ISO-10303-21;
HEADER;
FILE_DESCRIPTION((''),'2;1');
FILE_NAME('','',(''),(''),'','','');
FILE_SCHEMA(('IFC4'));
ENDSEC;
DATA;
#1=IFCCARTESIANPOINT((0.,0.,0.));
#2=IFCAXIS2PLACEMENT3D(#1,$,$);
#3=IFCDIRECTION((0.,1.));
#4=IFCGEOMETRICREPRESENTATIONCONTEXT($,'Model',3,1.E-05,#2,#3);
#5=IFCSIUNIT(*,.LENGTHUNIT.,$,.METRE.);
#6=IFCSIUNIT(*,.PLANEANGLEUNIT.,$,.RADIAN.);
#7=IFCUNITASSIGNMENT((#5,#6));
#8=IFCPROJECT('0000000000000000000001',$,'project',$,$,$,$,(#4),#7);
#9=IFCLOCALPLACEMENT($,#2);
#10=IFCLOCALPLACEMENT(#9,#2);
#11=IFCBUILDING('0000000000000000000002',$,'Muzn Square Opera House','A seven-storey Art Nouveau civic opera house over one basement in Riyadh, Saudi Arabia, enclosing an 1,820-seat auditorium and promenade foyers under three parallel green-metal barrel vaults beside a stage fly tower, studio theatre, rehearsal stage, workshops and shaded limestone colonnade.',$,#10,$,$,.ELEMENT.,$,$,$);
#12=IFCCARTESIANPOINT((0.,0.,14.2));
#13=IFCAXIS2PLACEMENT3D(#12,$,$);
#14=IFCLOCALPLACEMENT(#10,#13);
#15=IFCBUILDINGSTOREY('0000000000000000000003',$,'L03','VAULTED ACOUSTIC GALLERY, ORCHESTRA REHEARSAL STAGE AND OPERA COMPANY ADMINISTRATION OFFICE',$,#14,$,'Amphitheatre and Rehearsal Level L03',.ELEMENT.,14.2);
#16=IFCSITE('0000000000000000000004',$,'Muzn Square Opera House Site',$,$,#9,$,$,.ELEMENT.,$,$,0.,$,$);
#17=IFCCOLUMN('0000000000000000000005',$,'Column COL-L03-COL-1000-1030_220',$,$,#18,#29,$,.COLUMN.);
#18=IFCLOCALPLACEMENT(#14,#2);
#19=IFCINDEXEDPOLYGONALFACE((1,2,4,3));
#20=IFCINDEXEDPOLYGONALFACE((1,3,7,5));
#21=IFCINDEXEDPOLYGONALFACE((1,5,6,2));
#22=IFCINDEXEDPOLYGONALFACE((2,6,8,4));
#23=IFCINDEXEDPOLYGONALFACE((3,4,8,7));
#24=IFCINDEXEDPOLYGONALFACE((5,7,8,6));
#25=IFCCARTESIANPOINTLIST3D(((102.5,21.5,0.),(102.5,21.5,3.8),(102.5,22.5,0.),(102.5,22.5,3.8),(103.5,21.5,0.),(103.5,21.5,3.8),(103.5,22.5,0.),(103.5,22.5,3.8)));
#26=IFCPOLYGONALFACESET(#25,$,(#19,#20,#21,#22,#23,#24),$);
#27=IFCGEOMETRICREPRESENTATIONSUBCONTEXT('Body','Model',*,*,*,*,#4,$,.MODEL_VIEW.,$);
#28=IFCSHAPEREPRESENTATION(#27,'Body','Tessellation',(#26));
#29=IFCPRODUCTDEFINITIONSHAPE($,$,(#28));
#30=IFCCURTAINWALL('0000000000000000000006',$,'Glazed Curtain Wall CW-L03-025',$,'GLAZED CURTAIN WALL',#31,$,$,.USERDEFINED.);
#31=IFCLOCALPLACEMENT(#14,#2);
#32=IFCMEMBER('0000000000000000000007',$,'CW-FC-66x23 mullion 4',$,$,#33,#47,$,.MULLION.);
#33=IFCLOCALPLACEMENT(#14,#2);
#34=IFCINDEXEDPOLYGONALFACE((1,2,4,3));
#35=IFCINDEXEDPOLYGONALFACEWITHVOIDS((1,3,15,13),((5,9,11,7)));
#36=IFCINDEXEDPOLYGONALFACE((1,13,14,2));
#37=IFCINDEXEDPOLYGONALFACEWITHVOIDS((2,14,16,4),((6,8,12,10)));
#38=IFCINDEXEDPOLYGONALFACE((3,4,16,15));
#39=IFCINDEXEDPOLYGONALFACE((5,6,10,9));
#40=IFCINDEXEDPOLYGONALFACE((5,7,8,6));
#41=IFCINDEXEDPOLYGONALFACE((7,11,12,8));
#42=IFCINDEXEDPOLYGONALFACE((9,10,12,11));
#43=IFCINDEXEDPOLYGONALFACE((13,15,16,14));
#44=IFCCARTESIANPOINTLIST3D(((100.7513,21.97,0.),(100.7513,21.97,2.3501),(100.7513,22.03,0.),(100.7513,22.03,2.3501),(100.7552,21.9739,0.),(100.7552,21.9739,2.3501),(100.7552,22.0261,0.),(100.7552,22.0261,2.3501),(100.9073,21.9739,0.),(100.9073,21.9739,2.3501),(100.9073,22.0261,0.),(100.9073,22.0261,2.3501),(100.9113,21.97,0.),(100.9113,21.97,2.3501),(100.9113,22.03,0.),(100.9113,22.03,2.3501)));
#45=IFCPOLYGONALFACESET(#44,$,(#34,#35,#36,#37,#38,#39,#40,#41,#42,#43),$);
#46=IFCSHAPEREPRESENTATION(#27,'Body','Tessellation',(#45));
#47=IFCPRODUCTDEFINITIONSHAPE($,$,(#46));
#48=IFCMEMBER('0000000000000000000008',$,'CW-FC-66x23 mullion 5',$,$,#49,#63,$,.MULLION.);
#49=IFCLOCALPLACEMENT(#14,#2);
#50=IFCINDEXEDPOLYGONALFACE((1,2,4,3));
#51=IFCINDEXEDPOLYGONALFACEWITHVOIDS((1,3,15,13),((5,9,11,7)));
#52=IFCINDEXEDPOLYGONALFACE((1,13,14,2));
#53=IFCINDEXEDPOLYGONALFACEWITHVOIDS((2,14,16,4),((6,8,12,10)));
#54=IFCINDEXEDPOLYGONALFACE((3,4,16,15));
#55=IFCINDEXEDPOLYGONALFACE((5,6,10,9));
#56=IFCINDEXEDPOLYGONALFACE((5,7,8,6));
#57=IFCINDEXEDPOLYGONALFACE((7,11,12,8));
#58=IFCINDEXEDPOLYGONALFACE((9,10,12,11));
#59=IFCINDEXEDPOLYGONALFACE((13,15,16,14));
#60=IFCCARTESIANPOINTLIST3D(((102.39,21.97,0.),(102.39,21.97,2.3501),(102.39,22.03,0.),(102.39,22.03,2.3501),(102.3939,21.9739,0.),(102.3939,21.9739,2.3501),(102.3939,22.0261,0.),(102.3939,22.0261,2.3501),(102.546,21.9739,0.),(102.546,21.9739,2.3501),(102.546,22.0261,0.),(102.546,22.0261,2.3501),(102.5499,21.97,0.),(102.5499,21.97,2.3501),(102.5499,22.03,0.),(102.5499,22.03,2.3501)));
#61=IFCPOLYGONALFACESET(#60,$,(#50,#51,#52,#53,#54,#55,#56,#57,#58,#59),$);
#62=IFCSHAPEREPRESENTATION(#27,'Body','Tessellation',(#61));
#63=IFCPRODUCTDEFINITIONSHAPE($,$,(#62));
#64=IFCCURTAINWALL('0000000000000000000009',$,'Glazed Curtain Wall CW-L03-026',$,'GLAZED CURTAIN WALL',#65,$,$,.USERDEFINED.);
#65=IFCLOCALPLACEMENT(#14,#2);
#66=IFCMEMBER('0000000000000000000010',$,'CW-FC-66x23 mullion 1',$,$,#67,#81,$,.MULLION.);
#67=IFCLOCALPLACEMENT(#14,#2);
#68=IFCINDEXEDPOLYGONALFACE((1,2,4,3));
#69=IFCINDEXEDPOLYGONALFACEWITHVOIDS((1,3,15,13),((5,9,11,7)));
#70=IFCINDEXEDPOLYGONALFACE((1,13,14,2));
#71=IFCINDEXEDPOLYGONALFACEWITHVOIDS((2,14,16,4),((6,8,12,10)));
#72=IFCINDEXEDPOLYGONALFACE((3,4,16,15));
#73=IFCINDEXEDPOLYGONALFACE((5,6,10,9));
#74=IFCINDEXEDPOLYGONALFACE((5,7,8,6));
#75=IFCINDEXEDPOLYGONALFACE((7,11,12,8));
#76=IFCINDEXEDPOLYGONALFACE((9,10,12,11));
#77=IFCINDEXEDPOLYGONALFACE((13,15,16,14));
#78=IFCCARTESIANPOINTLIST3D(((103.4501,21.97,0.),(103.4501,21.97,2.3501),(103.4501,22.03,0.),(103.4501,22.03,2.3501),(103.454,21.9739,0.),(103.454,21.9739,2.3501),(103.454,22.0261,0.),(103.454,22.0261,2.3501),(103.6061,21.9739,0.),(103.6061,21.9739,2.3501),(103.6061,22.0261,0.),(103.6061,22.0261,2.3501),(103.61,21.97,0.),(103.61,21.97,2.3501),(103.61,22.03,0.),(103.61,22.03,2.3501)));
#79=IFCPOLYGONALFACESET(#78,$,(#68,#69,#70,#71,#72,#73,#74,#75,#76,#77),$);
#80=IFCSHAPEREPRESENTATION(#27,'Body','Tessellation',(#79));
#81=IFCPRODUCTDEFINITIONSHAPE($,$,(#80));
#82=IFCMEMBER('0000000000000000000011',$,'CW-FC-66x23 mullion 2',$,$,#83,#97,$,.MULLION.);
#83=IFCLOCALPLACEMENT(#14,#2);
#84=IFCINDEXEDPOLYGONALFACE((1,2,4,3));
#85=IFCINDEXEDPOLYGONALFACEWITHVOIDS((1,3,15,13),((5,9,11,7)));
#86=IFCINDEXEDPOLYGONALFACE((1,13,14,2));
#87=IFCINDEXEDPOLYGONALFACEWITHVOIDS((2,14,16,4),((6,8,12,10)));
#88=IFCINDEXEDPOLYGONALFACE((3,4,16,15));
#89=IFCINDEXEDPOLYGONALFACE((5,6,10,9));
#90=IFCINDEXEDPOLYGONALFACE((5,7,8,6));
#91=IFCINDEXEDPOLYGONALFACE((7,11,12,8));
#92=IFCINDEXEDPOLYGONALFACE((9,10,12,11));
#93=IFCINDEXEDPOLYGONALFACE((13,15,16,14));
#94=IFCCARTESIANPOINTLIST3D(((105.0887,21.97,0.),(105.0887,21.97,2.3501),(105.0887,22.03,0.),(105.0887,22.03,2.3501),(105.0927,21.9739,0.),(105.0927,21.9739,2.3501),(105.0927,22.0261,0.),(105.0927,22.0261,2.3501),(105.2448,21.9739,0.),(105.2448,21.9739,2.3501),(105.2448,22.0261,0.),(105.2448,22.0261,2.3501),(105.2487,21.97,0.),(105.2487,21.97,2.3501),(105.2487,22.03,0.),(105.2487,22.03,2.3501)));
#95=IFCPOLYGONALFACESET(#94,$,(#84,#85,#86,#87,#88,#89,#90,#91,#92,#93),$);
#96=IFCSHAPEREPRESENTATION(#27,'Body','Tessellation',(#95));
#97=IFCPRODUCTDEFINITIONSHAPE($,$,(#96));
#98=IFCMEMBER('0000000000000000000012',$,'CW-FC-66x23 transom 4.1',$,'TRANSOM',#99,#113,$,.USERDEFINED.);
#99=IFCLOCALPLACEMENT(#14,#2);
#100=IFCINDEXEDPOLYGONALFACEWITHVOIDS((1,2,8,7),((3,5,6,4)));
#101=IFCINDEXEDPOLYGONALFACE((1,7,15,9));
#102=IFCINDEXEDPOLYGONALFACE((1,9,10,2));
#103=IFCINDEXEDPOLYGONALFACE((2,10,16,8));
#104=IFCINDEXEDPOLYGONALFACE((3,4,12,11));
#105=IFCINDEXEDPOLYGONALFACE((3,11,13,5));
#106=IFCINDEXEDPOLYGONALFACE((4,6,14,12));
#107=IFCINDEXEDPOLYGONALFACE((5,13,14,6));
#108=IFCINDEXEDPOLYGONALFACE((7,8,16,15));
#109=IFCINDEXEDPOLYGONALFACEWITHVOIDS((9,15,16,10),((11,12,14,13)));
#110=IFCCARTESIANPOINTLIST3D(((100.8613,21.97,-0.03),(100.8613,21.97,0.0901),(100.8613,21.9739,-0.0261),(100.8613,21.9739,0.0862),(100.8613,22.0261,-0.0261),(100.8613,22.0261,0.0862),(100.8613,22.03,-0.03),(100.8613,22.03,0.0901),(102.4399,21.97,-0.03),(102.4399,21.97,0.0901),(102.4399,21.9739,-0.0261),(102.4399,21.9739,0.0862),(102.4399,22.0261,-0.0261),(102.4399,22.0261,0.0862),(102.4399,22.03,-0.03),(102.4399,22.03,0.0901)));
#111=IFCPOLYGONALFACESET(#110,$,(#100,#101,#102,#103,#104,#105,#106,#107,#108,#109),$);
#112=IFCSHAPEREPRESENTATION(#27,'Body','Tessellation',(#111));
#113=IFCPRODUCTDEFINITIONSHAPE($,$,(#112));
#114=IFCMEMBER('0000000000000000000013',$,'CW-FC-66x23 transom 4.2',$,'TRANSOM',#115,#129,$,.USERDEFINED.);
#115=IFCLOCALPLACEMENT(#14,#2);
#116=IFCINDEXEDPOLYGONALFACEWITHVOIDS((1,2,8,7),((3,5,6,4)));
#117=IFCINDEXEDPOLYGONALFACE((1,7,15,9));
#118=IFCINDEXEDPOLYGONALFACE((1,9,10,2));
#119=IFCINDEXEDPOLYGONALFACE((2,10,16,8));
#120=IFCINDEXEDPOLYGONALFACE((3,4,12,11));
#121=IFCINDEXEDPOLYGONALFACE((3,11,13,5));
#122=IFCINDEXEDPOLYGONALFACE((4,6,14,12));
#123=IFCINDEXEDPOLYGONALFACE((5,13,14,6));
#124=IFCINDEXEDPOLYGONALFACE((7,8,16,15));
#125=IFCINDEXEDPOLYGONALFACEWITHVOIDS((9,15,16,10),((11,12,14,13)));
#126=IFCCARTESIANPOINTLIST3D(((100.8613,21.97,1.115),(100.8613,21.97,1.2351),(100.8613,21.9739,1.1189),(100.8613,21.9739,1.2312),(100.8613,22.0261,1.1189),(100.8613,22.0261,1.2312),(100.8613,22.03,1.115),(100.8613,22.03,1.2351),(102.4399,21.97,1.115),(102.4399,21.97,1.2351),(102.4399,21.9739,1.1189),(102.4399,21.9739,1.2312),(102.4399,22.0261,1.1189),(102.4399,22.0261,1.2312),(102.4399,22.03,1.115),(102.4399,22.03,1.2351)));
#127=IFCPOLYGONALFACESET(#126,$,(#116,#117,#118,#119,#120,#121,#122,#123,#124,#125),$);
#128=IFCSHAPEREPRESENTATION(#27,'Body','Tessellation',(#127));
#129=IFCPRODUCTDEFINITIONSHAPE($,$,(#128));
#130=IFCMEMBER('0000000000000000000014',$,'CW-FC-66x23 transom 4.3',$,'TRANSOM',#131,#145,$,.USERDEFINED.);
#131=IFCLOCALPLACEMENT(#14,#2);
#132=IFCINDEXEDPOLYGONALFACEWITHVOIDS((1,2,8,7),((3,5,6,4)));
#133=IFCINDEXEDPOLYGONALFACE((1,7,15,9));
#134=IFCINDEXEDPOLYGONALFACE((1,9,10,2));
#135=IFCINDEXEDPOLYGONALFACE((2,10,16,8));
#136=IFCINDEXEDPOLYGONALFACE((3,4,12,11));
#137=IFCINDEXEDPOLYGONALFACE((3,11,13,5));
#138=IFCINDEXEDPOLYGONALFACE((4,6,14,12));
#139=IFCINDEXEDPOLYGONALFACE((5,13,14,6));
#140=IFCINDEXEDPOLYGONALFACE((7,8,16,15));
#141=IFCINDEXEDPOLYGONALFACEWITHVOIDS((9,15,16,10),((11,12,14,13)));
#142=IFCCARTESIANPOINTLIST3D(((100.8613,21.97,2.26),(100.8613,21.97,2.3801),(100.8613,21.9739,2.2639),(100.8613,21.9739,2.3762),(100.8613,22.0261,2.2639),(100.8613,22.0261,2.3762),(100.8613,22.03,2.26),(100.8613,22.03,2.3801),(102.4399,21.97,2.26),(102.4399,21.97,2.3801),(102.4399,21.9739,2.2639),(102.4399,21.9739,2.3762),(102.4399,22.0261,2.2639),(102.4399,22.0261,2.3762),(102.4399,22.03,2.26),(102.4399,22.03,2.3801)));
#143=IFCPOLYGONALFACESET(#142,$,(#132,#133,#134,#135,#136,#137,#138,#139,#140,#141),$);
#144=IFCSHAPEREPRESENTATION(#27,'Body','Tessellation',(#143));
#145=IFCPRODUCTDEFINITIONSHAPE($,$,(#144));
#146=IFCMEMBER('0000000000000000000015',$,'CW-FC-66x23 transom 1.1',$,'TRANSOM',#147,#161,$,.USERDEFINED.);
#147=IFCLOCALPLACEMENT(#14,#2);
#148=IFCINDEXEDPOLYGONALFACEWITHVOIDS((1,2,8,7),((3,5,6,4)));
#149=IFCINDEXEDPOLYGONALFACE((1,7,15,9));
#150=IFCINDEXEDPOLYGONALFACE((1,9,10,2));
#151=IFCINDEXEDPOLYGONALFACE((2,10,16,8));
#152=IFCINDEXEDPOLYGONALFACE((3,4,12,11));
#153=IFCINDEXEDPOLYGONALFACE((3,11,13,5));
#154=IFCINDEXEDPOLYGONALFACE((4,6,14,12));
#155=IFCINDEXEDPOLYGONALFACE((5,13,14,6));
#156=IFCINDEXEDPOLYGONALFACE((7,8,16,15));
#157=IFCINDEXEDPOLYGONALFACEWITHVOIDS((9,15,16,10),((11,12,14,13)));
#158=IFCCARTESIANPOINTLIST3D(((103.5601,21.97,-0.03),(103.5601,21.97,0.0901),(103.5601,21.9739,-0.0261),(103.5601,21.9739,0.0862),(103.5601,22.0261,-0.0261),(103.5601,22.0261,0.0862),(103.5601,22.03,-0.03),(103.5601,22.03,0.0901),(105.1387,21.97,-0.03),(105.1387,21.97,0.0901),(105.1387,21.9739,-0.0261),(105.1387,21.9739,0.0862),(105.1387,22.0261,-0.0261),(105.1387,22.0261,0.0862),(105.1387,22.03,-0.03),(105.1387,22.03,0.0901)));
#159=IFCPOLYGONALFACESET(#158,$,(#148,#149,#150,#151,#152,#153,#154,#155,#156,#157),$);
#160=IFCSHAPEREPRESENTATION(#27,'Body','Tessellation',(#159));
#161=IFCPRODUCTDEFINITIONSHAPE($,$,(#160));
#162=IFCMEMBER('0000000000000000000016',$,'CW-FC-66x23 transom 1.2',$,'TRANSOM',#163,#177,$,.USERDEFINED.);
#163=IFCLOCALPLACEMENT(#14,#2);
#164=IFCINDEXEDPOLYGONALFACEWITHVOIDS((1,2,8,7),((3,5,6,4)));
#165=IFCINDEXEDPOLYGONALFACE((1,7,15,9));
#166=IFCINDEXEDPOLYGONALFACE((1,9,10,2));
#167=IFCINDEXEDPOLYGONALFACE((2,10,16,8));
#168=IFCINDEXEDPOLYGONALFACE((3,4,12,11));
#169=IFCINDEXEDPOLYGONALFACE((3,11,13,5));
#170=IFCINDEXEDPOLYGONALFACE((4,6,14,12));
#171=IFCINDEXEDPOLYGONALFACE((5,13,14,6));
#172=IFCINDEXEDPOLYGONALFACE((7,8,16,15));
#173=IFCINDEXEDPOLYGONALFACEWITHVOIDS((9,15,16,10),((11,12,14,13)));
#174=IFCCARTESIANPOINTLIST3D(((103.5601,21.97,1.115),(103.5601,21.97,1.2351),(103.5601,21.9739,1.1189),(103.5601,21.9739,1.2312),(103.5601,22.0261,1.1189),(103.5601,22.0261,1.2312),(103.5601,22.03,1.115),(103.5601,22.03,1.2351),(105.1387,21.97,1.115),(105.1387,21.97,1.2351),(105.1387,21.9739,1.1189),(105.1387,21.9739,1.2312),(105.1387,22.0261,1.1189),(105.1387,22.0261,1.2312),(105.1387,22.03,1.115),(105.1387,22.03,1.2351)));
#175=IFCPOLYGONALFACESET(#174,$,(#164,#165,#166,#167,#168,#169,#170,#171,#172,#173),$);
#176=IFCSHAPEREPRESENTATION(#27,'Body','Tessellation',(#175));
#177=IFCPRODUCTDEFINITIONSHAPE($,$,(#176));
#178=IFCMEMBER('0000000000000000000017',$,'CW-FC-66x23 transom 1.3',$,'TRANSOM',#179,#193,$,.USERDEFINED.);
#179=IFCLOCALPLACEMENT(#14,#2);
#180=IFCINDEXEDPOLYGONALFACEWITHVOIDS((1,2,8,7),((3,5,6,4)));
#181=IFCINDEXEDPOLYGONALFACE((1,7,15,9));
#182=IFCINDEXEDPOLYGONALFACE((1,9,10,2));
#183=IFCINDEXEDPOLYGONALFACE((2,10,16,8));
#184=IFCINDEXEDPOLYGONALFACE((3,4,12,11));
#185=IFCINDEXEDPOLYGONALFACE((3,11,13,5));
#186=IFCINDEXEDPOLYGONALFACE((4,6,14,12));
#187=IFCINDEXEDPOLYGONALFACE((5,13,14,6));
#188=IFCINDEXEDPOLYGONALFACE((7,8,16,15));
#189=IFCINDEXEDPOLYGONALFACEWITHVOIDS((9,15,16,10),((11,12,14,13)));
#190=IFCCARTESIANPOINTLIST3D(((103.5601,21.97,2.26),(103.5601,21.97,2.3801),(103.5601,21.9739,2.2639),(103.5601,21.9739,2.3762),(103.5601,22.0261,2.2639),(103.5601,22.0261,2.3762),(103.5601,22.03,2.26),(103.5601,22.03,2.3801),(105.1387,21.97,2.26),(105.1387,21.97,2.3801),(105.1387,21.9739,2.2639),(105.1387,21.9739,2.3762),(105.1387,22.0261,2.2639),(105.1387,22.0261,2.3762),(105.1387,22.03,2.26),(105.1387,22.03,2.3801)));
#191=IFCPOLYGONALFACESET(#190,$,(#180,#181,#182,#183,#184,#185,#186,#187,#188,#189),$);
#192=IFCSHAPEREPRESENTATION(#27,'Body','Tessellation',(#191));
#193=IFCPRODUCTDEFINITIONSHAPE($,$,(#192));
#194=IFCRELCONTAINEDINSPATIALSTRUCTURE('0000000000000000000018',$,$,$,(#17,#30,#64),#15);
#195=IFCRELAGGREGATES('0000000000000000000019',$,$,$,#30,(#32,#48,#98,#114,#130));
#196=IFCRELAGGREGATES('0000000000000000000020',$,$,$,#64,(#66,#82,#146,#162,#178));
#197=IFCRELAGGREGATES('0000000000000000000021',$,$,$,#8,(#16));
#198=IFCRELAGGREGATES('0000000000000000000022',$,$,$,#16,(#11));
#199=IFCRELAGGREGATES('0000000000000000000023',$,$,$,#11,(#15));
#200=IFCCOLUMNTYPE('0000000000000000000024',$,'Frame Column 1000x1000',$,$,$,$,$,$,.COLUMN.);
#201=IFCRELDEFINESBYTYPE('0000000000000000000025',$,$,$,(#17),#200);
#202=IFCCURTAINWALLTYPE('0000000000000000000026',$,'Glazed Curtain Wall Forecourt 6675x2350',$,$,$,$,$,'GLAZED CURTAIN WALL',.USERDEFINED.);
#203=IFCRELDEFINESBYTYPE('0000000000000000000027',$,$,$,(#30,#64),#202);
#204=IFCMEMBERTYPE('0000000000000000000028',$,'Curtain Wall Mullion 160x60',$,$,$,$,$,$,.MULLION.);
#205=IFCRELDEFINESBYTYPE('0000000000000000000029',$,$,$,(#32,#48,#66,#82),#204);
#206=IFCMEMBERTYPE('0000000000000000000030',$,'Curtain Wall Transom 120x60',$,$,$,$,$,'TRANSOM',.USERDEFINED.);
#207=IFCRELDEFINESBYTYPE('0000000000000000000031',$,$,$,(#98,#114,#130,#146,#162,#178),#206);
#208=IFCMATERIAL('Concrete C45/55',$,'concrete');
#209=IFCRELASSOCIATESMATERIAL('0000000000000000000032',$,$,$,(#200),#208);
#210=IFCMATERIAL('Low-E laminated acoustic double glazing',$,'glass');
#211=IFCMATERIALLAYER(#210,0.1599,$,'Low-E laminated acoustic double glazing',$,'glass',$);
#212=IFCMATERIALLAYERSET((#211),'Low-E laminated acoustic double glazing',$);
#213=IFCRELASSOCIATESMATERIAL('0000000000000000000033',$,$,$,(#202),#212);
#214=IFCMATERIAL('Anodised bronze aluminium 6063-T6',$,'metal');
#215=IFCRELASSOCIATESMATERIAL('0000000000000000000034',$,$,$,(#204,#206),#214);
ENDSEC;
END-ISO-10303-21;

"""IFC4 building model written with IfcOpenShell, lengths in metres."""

from ifc_helpers import new_model, si_unit, direction, frame, origin, origin_2d, place, context, subcontext, project, spatial, rectangle, hollow_rectangle, extrude, material, layer, layer_set, material_profile, profile_set, type_object, element, aggregate, save


model = new_model("IFC4")

# Units and contexts
model_context = context("Model", 3, precision=1e-05, world=origin(), true_north=direction((0.0, 1.0)))
body_context = subcontext(model_context, "Body", "Model", "MODEL_VIEW")
ifc_project = project(units=[si_unit("LENGTHUNIT", "METRE"), si_unit("PLANEANGLEUNIT", "RADIAN")], contexts=[model_context])

# Site, building, storey
site_placement = place(None, origin())
site = spatial("IfcSite", under=ifc_project, at=site_placement, Name="Muzn Square Opera House Site", CompositionType="ELEMENT", RefElevation=0.0)
building_placement = place(site_placement, origin())
building = spatial("IfcBuilding", under=site, at=building_placement, Name="Muzn Square Opera House", Description="A seven-storey Art Nouveau civic opera house over one basement in Riyadh, Saudi Arabia, enclosing an 1,820-seat auditorium and promenade foyers under three parallel green-metal barrel vaults beside a stage fly tower, studio theatre, rehearsal stage, workshops and shaded limestone colonnade.", CompositionType="ELEMENT")
storey_placement = place(building_placement, frame((0.0, 0.0, 14.2)))
storey = spatial("IfcBuildingStorey", under=building, at=storey_placement, Name="L03", Description="VAULTED ACOUSTIC GALLERY, ORCHESTRA REHEARSAL STAGE AND OPERA COMPANY ADMINISTRATION OFFICE", LongName="Amphitheatre and Rehearsal Level L03", CompositionType="ELEMENT", Elevation=14.2)

# Column
ifc_material_1 = material(Name="Concrete C45/55", Category="concrete")
ifc_material_profile_1 = material_profile(ifc_material_1, rectangle(XDim=1.0, YDim=1.0, at=origin_2d()), Name="RC 1000x1000", Category="concrete")
ifc_profile_set_1 = profile_set([ifc_material_profile_1], Name="Concrete C45/55")
column_type = type_object("IfcColumnType", Name="Frame Column 1000x1000", PredefinedType="COLUMN", material=ifc_profile_set_1)
column_placement = place(storey_placement, frame((103.0, 22.0, 0.0), z_axis=(0.0, 0.0, 1.0), x_axis=(1.0, 0.0, 0.0)))
element("IfcColumn", 1, at=column_placement, inside=storey, type_object=column_type, Name="Column COL-L03-COL-1000-1030_220", PredefinedType="COLUMN", context=body_context, shape_type="SweptSolid", body=[
    extrude(rectangle(XDim=1.0, YDim=1.0, at=origin_2d()), origin(), (0.0, 0.0, 1.0), 3.8),
])

# Curtain walls, members
ifc_material_2 = material(Name="Low-E laminated acoustic double glazing", Category="glass")
ifc_layer_1 = layer(ifc_material_2, 0.1599, Name="Low-E laminated acoustic double glazing", Category="glass")
ifc_layer_set_1 = layer_set([ifc_layer_1], Name="Low-E laminated acoustic double glazing")
curtain_wall_type = type_object("IfcCurtainWallType", Name="Glazed Curtain Wall Forecourt 6675x2350", ElementType="GLAZED CURTAIN WALL", PredefinedType="USERDEFINED", material=ifc_layer_set_1)
curtain_wall_1_placement = place(storey_placement, origin())
curtain_wall_1 = element("IfcCurtainWall", 2, at=curtain_wall_1_placement, inside=storey, type_object=curtain_wall_type, Name="Glazed Curtain Wall CW-L03-025", ObjectType="GLAZED CURTAIN WALL", PredefinedType="USERDEFINED")
ifc_material_3 = material(Name="Anodised bronze aluminium 6063-T6", Category="metal")
ifc_material_profile_2 = material_profile(ifc_material_3, hollow_rectangle(XDim=0.0601, YDim=0.1599, WallThickness=0.0039, at=origin_2d()), Name="ALU 160x60x4", Category="metal")
ifc_profile_set_2 = profile_set([ifc_material_profile_2], Name="Anodised bronze aluminium 6063-T6")
member_type_1 = type_object("IfcMemberType", Name="Curtain Wall Mullion 160x60", PredefinedType="MULLION", material=ifc_profile_set_2)
member_1_placement = place(storey_placement, frame((100.8313, 22.0, 0.0), z_axis=(0.0, 0.0, 1.0), x_axis=(0.0, 1.0, 0.0)))
member_1 = element("IfcMember", 3, at=member_1_placement, type_object=member_type_1, Name="CW-FC-66x23 mullion 4", PredefinedType="MULLION", context=body_context, shape_type="SweptSolid", body=[
    extrude(hollow_rectangle(XDim=0.0601, YDim=0.1599, WallThickness=0.0039, at=origin_2d()), origin(), (0.0, 0.0, 1.0), 2.3501),
])
member_2_placement = place(storey_placement, frame((102.47, 22.0, 0.0), z_axis=(0.0, 0.0, 1.0), x_axis=(0.0, 1.0, 0.0)))
member_2 = element("IfcMember", 4, at=member_2_placement, type_object=member_type_1, Name="CW-FC-66x23 mullion 5", PredefinedType="MULLION", context=body_context, shape_type="SweptSolid", body=[
    extrude(hollow_rectangle(XDim=0.0601, YDim=0.1599, WallThickness=0.0039, at=origin_2d()), origin(), (0.0, 0.0, 1.0), 2.3501),
])
curtain_wall_2_placement = place(storey_placement, origin())
curtain_wall_2 = element("IfcCurtainWall", 5, at=curtain_wall_2_placement, inside=storey, type_object=curtain_wall_type, Name="Glazed Curtain Wall CW-L03-026", ObjectType="GLAZED CURTAIN WALL", PredefinedType="USERDEFINED")
member_3_placement = place(storey_placement, frame((103.53, 22.0, 0.0), z_axis=(0.0, 0.0, 1.0), x_axis=(0.0, 1.0, 0.0)))
member_3 = element("IfcMember", 6, at=member_3_placement, type_object=member_type_1, Name="CW-FC-66x23 mullion 1", PredefinedType="MULLION", context=body_context, shape_type="SweptSolid", body=[
    extrude(hollow_rectangle(XDim=0.0601, YDim=0.1599, WallThickness=0.0039, at=origin_2d()), origin(), (0.0, 0.0, 1.0), 2.3501),
])
member_4_placement = place(storey_placement, frame((105.1687, 22.0, 0.0), z_axis=(0.0, 0.0, 1.0), x_axis=(0.0, 1.0, 0.0)))
member_4 = element("IfcMember", 7, at=member_4_placement, type_object=member_type_1, Name="CW-FC-66x23 mullion 2", PredefinedType="MULLION", context=body_context, shape_type="SweptSolid", body=[
    extrude(hollow_rectangle(XDim=0.0601, YDim=0.1599, WallThickness=0.0039, at=origin_2d()), origin(), (0.0, 0.0, 1.0), 2.3501),
])

# Members
ifc_material_profile_3 = material_profile(ifc_material_3, hollow_rectangle(XDim=0.0601, YDim=0.1201, WallThickness=0.0039, at=origin_2d()), Name="ALU 120x60x4", Category="metal")
ifc_profile_set_3 = profile_set([ifc_material_profile_3], Name="Anodised bronze aluminium 6063-T6")
member_type_2 = type_object("IfcMemberType", Name="Curtain Wall Transom 120x60", ElementType="TRANSOM", PredefinedType="USERDEFINED", material=ifc_profile_set_3)
member_5_placement = place(storey_placement, frame((100.8613, 22.0, 0.03), z_axis=(1.0, 0.0, 0.0), x_axis=(0.0, 1.0, 0.0)))
member_5 = element("IfcMember", 8, at=member_5_placement, type_object=member_type_2, Name="CW-FC-66x23 transom 4.1", ObjectType="TRANSOM", PredefinedType="USERDEFINED", context=body_context, shape_type="SweptSolid", body=[
    extrude(hollow_rectangle(XDim=0.0601, YDim=0.1201, WallThickness=0.0039, at=origin_2d()), origin(), (0.0, 0.0, 1.0), 1.5786),
])
member_6_placement = place(storey_placement, frame((100.8613, 22.0, 1.175), z_axis=(1.0, 0.0, 0.0), x_axis=(0.0, 1.0, 0.0)))
member_6 = element("IfcMember", 9, at=member_6_placement, type_object=member_type_2, Name="CW-FC-66x23 transom 4.2", ObjectType="TRANSOM", PredefinedType="USERDEFINED", context=body_context, shape_type="SweptSolid", body=[
    extrude(hollow_rectangle(XDim=0.0601, YDim=0.1201, WallThickness=0.0039, at=origin_2d()), origin(), (0.0, 0.0, 1.0), 1.5786),
])
member_7_placement = place(storey_placement, frame((100.8613, 22.0, 2.3201), z_axis=(1.0, 0.0, 0.0), x_axis=(0.0, 1.0, 0.0)))
member_7 = element("IfcMember", 10, at=member_7_placement, type_object=member_type_2, Name="CW-FC-66x23 transom 4.3", ObjectType="TRANSOM", PredefinedType="USERDEFINED", context=body_context, shape_type="SweptSolid", body=[
    extrude(hollow_rectangle(XDim=0.0601, YDim=0.1201, WallThickness=0.0039, at=origin_2d()), origin(), (0.0, 0.0, 1.0), 1.5786),
])
member_8_placement = place(storey_placement, frame((103.5601, 22.0, 0.03), z_axis=(1.0, 0.0, 0.0), x_axis=(0.0, 1.0, 0.0)))
member_8 = element("IfcMember", 11, at=member_8_placement, type_object=member_type_2, Name="CW-FC-66x23 transom 1.1", ObjectType="TRANSOM", PredefinedType="USERDEFINED", context=body_context, shape_type="SweptSolid", body=[
    extrude(hollow_rectangle(XDim=0.0601, YDim=0.1201, WallThickness=0.0039, at=origin_2d()), origin(), (0.0, 0.0, 1.0), 1.5786),
])
member_9_placement = place(storey_placement, frame((103.5601, 22.0, 1.175), z_axis=(1.0, 0.0, 0.0), x_axis=(0.0, 1.0, 0.0)))
member_9 = element("IfcMember", 12, at=member_9_placement, type_object=member_type_2, Name="CW-FC-66x23 transom 1.2", ObjectType="TRANSOM", PredefinedType="USERDEFINED", context=body_context, shape_type="SweptSolid", body=[
    extrude(hollow_rectangle(XDim=0.0601, YDim=0.1201, WallThickness=0.0039, at=origin_2d()), origin(), (0.0, 0.0, 1.0), 1.5786),
])
member_10_placement = place(storey_placement, frame((103.5601, 22.0, 2.3201), z_axis=(1.0, 0.0, 0.0), x_axis=(0.0, 1.0, 0.0)))
member_10 = element("IfcMember", 13, at=member_10_placement, type_object=member_type_2, Name="CW-FC-66x23 transom 1.3", ObjectType="TRANSOM", PredefinedType="USERDEFINED", context=body_context, shape_type="SweptSolid", body=[
    extrude(hollow_rectangle(XDim=0.0601, YDim=0.1201, WallThickness=0.0039, at=origin_2d()), origin(), (0.0, 0.0, 1.0), 1.5786),
])

aggregate(curtain_wall_1, [member_1, member_2, member_5, member_6, member_7])
aggregate(curtain_wall_2, [member_3, member_4, member_8, member_9, member_10])

save(model, "model.ifc")
